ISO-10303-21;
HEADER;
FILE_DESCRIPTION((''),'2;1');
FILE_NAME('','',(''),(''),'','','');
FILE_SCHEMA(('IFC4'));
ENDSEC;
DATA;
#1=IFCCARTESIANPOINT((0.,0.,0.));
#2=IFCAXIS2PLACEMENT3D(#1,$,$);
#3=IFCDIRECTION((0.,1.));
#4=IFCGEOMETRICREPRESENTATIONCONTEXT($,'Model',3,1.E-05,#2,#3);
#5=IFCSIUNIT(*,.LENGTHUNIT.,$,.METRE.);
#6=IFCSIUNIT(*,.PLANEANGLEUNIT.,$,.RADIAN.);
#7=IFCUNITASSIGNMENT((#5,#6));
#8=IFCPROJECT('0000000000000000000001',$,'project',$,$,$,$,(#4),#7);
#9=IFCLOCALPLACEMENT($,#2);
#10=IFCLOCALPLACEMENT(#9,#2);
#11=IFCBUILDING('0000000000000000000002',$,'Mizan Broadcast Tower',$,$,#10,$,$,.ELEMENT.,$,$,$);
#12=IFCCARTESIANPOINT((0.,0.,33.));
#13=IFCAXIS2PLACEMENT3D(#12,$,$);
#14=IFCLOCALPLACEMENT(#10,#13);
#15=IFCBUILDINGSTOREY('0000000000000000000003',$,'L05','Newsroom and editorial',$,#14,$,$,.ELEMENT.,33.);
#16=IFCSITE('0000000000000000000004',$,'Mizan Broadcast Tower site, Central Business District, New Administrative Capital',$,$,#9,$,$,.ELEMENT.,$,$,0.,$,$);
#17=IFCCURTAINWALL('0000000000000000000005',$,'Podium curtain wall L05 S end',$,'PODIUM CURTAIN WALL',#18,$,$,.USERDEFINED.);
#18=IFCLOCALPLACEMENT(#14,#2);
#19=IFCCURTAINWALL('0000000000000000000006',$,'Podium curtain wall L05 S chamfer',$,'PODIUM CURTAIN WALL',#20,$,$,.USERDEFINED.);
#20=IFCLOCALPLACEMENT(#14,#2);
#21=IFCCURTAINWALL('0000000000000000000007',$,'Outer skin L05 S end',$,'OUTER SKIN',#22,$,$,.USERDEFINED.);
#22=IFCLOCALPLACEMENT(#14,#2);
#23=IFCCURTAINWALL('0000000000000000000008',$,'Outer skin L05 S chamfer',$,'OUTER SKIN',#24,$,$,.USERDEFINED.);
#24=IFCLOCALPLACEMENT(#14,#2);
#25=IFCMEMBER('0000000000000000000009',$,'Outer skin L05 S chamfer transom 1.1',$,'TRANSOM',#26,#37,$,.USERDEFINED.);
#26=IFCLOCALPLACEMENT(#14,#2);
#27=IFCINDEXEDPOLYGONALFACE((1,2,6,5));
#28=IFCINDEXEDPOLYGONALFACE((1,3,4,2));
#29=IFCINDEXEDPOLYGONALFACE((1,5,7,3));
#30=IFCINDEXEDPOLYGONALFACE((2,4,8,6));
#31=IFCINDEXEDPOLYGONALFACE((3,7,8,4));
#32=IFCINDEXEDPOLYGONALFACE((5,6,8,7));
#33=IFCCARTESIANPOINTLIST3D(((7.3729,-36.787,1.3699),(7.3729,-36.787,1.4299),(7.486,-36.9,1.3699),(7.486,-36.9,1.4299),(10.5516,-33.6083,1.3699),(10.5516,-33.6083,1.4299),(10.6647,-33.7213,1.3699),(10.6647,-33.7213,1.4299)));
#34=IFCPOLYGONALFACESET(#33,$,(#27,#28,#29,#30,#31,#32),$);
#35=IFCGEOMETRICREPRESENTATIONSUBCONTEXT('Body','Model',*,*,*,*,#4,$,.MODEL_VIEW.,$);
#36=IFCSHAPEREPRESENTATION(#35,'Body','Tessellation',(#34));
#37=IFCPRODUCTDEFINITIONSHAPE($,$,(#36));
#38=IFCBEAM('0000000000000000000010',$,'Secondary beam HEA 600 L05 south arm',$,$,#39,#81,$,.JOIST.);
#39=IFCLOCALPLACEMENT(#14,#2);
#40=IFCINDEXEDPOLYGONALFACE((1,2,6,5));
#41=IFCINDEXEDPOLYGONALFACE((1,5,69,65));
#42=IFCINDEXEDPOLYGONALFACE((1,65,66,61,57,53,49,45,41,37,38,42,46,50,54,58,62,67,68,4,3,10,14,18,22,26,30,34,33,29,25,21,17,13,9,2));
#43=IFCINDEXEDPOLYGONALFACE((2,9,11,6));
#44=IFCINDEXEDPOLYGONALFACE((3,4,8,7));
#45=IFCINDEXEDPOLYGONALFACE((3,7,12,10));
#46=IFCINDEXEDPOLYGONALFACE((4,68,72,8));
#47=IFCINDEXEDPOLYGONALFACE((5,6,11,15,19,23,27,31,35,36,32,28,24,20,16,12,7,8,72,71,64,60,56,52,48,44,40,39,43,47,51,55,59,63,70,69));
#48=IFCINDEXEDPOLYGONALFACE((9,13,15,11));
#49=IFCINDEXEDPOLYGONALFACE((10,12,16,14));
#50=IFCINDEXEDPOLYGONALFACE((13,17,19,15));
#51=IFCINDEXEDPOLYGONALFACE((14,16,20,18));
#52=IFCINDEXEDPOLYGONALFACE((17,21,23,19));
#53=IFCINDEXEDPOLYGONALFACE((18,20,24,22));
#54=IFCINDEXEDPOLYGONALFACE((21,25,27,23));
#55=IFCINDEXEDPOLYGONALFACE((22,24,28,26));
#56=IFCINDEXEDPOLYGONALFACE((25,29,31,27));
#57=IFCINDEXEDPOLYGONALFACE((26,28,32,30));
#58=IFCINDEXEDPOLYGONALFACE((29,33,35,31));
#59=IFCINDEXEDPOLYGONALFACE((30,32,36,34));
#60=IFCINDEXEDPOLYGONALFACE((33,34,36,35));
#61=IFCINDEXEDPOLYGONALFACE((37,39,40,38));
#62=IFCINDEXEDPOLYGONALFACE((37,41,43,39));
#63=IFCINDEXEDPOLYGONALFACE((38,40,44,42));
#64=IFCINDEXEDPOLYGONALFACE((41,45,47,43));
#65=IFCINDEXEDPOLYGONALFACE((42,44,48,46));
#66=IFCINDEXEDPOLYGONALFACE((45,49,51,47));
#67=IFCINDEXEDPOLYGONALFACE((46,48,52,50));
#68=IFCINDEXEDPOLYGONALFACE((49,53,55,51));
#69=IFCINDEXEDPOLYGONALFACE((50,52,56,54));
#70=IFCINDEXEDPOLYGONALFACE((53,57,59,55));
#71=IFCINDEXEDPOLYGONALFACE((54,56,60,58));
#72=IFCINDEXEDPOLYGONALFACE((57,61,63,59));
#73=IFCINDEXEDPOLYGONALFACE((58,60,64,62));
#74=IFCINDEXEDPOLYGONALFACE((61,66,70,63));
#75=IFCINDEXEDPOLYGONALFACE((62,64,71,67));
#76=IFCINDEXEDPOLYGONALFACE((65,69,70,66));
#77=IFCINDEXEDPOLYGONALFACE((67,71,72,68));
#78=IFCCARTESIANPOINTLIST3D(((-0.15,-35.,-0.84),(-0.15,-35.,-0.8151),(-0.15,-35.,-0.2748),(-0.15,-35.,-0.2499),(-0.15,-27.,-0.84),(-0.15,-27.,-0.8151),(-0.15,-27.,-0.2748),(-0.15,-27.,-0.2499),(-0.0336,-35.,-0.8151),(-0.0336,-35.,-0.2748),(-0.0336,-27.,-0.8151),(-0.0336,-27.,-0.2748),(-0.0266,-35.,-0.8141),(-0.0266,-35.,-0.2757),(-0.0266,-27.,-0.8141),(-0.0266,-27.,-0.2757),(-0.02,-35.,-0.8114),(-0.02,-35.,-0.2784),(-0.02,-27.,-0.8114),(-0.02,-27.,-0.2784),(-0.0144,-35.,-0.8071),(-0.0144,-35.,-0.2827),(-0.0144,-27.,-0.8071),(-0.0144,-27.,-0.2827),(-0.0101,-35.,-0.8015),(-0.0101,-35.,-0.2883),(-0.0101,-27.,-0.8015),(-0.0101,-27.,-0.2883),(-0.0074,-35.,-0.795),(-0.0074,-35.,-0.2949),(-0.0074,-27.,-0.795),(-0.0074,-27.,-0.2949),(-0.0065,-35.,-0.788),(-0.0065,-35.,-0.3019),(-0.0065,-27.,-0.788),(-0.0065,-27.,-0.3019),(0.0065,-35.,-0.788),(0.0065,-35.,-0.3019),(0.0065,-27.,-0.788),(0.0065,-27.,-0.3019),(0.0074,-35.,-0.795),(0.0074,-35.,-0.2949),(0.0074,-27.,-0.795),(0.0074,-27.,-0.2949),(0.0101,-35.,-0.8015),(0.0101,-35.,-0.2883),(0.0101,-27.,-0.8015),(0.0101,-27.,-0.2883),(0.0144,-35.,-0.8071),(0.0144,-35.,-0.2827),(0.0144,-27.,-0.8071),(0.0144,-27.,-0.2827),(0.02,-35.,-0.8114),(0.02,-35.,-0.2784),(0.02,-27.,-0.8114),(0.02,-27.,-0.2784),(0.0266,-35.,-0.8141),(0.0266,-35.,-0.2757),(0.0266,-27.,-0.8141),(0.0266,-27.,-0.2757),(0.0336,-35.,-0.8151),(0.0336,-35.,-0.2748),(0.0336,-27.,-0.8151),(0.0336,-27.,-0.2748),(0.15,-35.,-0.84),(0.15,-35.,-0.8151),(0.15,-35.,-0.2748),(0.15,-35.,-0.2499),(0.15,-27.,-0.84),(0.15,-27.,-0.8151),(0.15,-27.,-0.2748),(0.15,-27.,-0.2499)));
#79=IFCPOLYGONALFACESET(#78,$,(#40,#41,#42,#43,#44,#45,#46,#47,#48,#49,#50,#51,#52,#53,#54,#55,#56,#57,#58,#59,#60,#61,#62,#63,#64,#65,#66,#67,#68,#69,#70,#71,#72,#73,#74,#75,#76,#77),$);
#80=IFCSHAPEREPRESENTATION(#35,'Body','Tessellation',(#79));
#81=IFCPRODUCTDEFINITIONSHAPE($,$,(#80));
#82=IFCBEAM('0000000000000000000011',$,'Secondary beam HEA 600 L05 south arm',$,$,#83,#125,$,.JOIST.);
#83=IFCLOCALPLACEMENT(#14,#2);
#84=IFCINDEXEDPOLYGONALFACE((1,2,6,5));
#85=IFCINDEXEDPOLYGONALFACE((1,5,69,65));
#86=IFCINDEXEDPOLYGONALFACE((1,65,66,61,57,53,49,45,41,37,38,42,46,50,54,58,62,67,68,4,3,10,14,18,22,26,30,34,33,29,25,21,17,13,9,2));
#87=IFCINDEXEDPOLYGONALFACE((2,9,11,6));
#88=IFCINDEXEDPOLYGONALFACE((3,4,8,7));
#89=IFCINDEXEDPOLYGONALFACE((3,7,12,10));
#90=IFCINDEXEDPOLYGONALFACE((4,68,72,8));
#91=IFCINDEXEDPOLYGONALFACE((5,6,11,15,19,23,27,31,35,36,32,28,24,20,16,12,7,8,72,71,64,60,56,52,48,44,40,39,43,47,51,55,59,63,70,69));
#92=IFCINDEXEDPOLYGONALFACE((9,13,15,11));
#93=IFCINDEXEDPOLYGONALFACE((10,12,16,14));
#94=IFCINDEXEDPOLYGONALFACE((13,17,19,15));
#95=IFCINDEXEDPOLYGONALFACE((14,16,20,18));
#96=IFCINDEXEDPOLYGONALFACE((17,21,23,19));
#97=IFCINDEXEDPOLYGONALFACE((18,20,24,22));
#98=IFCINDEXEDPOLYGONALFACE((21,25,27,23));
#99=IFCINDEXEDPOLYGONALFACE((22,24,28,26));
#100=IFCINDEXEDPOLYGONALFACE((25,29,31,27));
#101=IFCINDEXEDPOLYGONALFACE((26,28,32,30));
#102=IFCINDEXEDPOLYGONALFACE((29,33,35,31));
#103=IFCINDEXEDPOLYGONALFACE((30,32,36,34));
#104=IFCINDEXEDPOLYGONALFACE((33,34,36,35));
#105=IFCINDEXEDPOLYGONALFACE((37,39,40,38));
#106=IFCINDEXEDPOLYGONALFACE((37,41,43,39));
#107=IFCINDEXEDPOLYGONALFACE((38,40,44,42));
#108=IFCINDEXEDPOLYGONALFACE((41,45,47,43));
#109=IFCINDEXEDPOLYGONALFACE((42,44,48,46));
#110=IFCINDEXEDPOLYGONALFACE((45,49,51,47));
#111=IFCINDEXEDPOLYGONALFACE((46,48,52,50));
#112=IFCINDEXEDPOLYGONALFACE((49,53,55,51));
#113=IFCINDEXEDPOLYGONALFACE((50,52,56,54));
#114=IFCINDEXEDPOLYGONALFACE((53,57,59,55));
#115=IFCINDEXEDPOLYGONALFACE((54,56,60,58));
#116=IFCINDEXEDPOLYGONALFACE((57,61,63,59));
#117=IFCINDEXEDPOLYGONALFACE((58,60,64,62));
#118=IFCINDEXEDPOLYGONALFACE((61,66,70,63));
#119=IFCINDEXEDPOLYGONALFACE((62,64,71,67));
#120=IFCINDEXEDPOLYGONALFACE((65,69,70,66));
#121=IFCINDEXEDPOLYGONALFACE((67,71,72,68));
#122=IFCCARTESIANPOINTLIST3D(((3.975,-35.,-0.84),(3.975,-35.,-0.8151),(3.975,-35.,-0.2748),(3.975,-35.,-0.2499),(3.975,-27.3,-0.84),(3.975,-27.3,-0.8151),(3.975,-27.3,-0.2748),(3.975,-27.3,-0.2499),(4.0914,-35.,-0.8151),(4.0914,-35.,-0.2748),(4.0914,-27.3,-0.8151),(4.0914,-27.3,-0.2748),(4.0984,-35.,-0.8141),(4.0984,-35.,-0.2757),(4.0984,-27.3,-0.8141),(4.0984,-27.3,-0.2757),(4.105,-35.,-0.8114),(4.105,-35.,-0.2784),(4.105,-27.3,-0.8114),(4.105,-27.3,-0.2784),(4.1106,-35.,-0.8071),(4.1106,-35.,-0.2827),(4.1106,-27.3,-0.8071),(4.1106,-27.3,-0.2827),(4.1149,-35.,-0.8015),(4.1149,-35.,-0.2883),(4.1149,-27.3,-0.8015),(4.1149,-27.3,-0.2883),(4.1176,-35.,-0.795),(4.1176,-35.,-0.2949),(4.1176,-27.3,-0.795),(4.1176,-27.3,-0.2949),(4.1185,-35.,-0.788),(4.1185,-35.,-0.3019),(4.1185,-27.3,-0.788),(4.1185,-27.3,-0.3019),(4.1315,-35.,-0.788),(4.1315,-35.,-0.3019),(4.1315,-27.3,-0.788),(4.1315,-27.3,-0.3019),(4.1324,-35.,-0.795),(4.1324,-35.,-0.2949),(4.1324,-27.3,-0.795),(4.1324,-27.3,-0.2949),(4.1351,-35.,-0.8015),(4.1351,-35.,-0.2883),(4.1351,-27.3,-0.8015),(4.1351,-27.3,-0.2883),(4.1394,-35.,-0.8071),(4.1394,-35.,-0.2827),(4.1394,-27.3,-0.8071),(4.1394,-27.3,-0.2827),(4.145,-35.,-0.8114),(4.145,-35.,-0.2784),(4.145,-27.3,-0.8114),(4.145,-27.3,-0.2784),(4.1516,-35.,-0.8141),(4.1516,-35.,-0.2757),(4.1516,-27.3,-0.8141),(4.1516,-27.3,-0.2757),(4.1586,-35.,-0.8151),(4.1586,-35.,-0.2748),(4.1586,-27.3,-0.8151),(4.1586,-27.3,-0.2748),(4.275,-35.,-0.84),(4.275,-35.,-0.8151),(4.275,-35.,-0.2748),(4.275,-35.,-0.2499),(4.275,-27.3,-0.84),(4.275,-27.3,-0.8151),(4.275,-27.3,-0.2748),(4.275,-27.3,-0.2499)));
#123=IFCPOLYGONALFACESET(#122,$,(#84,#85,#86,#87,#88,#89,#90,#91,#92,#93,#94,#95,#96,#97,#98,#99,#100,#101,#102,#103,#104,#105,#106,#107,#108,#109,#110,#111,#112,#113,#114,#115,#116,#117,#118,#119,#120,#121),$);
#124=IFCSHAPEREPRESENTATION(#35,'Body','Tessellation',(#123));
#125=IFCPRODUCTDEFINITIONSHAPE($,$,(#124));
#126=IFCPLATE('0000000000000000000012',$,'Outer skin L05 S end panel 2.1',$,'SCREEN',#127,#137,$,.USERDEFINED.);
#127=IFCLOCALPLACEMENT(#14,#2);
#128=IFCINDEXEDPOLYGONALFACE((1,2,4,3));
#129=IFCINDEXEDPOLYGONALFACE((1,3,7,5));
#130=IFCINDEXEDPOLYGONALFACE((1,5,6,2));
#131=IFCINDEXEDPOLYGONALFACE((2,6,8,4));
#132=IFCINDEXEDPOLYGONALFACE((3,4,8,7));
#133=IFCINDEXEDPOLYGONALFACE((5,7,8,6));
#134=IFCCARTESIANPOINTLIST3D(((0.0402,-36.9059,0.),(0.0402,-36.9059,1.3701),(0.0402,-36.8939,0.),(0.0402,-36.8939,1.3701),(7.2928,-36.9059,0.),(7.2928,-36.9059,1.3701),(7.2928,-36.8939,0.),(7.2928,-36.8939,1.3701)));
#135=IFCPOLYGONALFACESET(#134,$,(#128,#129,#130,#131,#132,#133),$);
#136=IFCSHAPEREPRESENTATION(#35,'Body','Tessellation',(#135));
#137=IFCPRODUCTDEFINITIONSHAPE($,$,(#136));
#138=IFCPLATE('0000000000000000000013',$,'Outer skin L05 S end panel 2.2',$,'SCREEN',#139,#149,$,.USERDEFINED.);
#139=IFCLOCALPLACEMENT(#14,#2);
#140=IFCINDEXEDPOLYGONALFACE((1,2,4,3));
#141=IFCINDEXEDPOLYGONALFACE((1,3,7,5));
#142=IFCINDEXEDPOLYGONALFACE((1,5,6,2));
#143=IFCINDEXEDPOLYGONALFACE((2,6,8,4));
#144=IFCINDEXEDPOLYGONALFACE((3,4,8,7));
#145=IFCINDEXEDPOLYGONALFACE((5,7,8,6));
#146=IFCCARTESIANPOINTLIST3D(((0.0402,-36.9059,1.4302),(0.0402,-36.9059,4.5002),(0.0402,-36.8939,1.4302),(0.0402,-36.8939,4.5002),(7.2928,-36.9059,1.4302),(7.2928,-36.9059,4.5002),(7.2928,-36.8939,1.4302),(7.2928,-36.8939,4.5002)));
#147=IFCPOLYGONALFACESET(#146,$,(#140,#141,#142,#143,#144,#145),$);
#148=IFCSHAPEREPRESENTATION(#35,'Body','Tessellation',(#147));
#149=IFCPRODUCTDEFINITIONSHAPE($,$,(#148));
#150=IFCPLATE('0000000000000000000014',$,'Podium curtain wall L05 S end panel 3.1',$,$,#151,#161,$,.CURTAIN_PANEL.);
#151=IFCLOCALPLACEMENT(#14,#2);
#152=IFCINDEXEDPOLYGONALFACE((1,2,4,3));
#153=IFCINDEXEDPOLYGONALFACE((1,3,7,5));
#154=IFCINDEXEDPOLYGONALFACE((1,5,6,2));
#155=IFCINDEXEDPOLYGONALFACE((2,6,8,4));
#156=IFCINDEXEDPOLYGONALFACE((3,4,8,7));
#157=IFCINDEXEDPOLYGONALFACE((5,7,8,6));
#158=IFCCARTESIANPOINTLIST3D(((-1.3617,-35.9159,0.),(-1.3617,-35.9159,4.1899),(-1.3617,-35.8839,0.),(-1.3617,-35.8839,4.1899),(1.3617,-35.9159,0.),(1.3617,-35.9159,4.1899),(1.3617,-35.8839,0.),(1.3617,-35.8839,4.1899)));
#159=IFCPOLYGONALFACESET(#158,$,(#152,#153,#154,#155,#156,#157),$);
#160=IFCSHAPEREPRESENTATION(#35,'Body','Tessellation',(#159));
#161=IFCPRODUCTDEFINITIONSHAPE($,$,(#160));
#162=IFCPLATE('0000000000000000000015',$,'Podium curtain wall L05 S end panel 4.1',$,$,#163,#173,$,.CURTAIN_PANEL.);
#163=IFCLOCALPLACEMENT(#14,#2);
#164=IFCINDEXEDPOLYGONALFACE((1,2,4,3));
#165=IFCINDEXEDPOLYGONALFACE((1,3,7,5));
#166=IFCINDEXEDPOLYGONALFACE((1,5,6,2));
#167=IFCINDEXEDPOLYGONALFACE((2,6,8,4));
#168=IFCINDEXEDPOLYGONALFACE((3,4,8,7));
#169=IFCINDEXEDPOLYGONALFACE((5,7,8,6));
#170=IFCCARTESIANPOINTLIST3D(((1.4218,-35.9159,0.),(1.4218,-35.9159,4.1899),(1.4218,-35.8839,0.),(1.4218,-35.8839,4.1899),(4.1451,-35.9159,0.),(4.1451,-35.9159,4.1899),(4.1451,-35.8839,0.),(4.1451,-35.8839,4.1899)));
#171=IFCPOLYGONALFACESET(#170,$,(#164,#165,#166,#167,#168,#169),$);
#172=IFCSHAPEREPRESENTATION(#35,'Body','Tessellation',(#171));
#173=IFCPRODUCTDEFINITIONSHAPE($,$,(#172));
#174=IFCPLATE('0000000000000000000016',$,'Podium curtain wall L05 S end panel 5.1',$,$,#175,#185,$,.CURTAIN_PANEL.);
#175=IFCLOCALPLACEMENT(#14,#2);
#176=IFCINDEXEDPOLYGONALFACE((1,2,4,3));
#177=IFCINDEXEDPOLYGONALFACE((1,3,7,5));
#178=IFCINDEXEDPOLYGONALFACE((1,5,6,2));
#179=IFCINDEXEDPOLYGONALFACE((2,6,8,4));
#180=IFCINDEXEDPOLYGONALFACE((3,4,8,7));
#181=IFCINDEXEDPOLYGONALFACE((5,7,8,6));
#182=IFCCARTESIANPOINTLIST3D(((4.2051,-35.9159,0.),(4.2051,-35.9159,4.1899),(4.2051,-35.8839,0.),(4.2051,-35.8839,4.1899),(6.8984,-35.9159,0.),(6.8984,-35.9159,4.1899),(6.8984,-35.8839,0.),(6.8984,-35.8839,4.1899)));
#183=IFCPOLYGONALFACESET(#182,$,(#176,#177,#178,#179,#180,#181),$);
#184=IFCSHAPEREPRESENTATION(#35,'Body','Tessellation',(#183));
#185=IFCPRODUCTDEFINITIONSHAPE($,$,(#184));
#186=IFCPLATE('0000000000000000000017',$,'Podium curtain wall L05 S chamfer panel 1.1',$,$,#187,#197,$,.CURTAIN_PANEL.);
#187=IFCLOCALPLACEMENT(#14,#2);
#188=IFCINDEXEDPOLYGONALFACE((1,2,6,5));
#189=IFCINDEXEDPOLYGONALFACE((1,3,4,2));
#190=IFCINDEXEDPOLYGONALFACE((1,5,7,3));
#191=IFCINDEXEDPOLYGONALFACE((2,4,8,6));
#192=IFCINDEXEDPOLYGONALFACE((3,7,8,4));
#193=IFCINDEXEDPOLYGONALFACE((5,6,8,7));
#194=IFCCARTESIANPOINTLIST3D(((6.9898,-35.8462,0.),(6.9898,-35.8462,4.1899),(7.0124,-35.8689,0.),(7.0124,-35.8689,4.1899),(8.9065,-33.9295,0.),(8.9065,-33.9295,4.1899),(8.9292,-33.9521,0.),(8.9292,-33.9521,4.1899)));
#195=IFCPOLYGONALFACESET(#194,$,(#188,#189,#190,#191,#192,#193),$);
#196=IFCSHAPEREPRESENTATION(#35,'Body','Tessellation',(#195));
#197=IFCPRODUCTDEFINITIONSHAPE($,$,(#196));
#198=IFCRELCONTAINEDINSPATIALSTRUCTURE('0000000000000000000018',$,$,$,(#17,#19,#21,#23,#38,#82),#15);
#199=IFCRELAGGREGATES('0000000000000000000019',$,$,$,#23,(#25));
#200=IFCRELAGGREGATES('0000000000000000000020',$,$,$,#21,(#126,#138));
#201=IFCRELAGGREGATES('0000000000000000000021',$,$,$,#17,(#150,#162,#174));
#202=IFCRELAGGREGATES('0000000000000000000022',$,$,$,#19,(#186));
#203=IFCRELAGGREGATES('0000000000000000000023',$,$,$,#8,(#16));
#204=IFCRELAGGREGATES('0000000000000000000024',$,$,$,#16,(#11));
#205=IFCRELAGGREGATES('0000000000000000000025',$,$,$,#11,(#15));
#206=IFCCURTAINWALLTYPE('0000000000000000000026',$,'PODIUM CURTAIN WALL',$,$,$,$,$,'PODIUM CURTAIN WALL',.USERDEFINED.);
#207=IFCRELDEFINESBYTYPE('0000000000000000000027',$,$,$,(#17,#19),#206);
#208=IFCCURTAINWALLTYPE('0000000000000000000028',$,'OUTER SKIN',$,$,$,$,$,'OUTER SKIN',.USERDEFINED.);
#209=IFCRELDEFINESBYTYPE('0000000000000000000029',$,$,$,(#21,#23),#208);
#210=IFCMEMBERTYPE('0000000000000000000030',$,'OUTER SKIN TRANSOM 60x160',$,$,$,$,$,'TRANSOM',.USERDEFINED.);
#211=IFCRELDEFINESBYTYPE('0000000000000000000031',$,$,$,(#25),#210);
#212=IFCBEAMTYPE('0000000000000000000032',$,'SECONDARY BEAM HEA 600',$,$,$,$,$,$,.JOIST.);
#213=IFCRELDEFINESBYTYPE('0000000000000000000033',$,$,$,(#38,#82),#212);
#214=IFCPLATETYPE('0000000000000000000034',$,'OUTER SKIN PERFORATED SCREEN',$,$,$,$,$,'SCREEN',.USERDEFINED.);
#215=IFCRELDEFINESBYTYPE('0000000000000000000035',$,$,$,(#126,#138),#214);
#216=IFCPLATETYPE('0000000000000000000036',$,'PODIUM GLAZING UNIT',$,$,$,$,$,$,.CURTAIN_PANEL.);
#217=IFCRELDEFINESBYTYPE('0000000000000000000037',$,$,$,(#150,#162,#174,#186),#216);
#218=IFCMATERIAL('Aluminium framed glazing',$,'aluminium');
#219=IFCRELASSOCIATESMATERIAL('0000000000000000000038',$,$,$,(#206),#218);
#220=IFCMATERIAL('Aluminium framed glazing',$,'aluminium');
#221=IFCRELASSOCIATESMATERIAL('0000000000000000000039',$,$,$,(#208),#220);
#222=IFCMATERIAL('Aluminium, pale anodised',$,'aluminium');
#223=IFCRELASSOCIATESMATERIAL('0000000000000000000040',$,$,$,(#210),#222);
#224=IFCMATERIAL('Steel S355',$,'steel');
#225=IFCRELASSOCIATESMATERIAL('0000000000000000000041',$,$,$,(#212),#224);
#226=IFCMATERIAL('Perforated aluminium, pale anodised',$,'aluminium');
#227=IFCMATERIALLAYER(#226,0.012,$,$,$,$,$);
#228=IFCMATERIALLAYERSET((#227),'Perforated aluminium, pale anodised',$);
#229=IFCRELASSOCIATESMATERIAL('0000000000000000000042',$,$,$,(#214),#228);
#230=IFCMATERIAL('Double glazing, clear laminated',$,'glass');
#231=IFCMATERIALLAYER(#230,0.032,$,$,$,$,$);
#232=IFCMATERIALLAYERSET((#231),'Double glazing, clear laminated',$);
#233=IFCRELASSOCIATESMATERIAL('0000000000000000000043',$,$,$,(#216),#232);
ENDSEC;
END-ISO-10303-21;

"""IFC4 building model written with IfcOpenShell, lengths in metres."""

from ifc_helpers import new_model, si_unit, direction, frame, origin, origin_2d, place, context, subcontext, project, spatial, rectangle, i_section, extrude, material, layer, layer_set, material_profile, profile_set, type_object, element, aggregate, save


model = new_model("IFC4")

# Units and contexts
model_context = context("Model", 3, precision=1e-05, world=origin(), true_north=direction((0.0, 1.0)))
body_context = subcontext(model_context, "Body", "Model", "MODEL_VIEW")
ifc_project = project(units=[si_unit("LENGTHUNIT", "METRE"), si_unit("PLANEANGLEUNIT", "RADIAN")], contexts=[model_context])

# Site, building, storey
site_placement = place(None, origin())
site = spatial("IfcSite", under=ifc_project, at=site_placement, Name="Mizan Broadcast Tower site, Central Business District, New Administrative Capital", CompositionType="ELEMENT", RefElevation=0.0)
building_placement = place(site_placement, origin())
building = spatial("IfcBuilding", under=site, at=building_placement, Name="Mizan Broadcast Tower", CompositionType="ELEMENT")
storey_placement = place(building_placement, frame((0.0, 0.0, 33.0)))
storey = spatial("IfcBuildingStorey", under=building, at=storey_placement, Name="L05", Description="Newsroom and editorial", CompositionType="ELEMENT", Elevation=33.0)

# Curtain wall
ifc_material_1 = material(Name="Aluminium framed glazing", Category="aluminium")
curtain_wall_type_1 = type_object("IfcCurtainWallType", Name="PODIUM CURTAIN WALL", ElementType="PODIUM CURTAIN WALL", PredefinedType="USERDEFINED", material=ifc_material_1)
curtain_wall_1_placement = place(storey_placement, origin())
curtain_wall_1 = element("IfcCurtainWall", 1, at=curtain_wall_1_placement, inside=storey, type_object=curtain_wall_type_1, Name="Podium curtain wall L05 S end", ObjectType="PODIUM CURTAIN WALL", PredefinedType="USERDEFINED")

# Curtain wall
curtain_wall_2_placement = place(storey_placement, origin())
curtain_wall_2 = element("IfcCurtainWall", 2, at=curtain_wall_2_placement, inside=storey, type_object=curtain_wall_type_1, Name="Podium curtain wall L05 S chamfer", ObjectType="PODIUM CURTAIN WALL", PredefinedType="USERDEFINED")

# Curtain wall
ifc_material_2 = material(Name="Aluminium framed glazing", Category="aluminium")
curtain_wall_type_2 = type_object("IfcCurtainWallType", Name="OUTER SKIN", ElementType="OUTER SKIN", PredefinedType="USERDEFINED", material=ifc_material_2)
curtain_wall_3_placement = place(storey_placement, origin())
curtain_wall_3 = element("IfcCurtainWall", 3, at=curtain_wall_3_placement, inside=storey, type_object=curtain_wall_type_2, Name="Outer skin L05 S end", ObjectType="OUTER SKIN", PredefinedType="USERDEFINED")
ifc_material_3 = material(Name="Aluminium, pale anodised", Category="aluminium")
ifc_material_profile_1 = material_profile(ifc_material_3, rectangle(XDim=0.1599, YDim=0.0601, at=origin_2d()), Name="TRANSOM 160x60")
ifc_profile_set_1 = profile_set([ifc_material_profile_1], Name="Aluminium, pale anodised")
member_type_1 = type_object("IfcMemberType", Name="OUTER SKIN TRANSOM 60x160", ElementType="TRANSOM", PredefinedType="USERDEFINED", material=ifc_profile_set_1)

# Curtain wall, member
curtain_wall_4_placement = place(storey_placement, origin())
curtain_wall_4 = element("IfcCurtainWall", 4, at=curtain_wall_4_placement, inside=storey, type_object=curtain_wall_type_2, Name="Outer skin L05 S chamfer", ObjectType="OUTER SKIN", PredefinedType="USERDEFINED")
member_1_placement = place(storey_placement, frame((7.4294, -36.8435, 1.3999), z_axis=(0.707107, 0.707107, 0.0), x_axis=(-0.707107, 0.707107, 0.0)))
member_1 = element("IfcMember", 5, at=member_1_placement, type_object=member_type_1, Name="Outer skin L05 S chamfer transom 1.1", ObjectType="TRANSOM", PredefinedType="USERDEFINED", context=body_context, shape_type="SweptSolid", body=[
    extrude(rectangle(XDim=0.1599, YDim=0.0601, at=origin_2d()), origin(), (0.0, 0.0, 1.0), 4.4954),
])
aggregate(curtain_wall_4, [member_1])

# Beams
ifc_material_4 = material(Name="Steel S355", Category="steel")
ifc_material_profile_2 = material_profile(ifc_material_4, i_section(OverallWidth=0.3, OverallDepth=0.5901, WebThickness=0.0129, FlangeThickness=0.0249, FilletRadius=0.0271, at=origin_2d()), Name="HEA 600")
ifc_profile_set_2 = profile_set([ifc_material_profile_2], Name="Steel S355")
beam_type_1 = type_object("IfcBeamType", Name="SECONDARY BEAM HEA 600", PredefinedType="JOIST", material=ifc_profile_set_2)
beam_1_placement = place(storey_placement, frame((0.0, -27.0, -0.5449), z_axis=(0.0, -1.0, 0.0), x_axis=(1.0, 0.0, 0.0)))
element("IfcBeam", 6, at=beam_1_placement, inside=storey, type_object=beam_type_1, Name="Secondary beam HEA 600 L05 south arm", PredefinedType="JOIST", context=body_context, shape_type="SweptSolid", body=[
    extrude(i_section(OverallWidth=0.3, OverallDepth=0.5901, WebThickness=0.0129, FlangeThickness=0.0249, FilletRadius=0.0271, at=origin_2d()), origin(), (0.0, 0.0, 1.0), 8.0),
])
beam_2_placement = place(storey_placement, frame((4.125, -27.3, -0.5449), z_axis=(0.0, -1.0, 0.0), x_axis=(1.0, 0.0, 0.0)))
element("IfcBeam", 7, at=beam_2_placement, inside=storey, type_object=beam_type_1, Name="Secondary beam HEA 600 L05 south arm", PredefinedType="JOIST", context=body_context, shape_type="SweptSolid", body=[
    extrude(i_section(OverallWidth=0.3, OverallDepth=0.5901, WebThickness=0.0129, FlangeThickness=0.0249, FilletRadius=0.0271, at=origin_2d()), origin(), (0.0, 0.0, 1.0), 7.7),
])

# Plates
ifc_material_5 = material(Name="Perforated aluminium, pale anodised", Category="aluminium")
ifc_layer_1 = layer(ifc_material_5, 0.012)
ifc_layer_set_1 = layer_set([ifc_layer_1], Name="Perforated aluminium, pale anodised")
plate_type_1 = type_object("IfcPlateType", Name="OUTER SKIN PERFORATED SCREEN", ElementType="SCREEN", PredefinedType="USERDEFINED", material=ifc_layer_set_1)
plate_1_placement = place(storey_placement, frame((3.6665, -36.8999, 0.0), z_axis=(0.0, 0.0, 1.0), x_axis=(1.0, 0.0, 0.0)))
plate_1 = element("IfcPlate", 8, at=plate_1_placement, type_object=plate_type_1, Name="Outer skin L05 S end panel 2.1", ObjectType="SCREEN", PredefinedType="USERDEFINED", context=body_context, shape_type="SweptSolid", body=[
    extrude(rectangle(XDim=7.2527, YDim=0.012, at=origin_2d()), origin(), (0.0, 0.0, 1.0), 1.3701),
])
plate_2_placement = place(storey_placement, frame((3.6665, -36.8999, 1.4302), z_axis=(0.0, 0.0, 1.0), x_axis=(1.0, 0.0, 0.0)))
plate_2 = element("IfcPlate", 9, at=plate_2_placement, type_object=plate_type_1, Name="Outer skin L05 S end panel 2.2", ObjectType="SCREEN", PredefinedType="USERDEFINED", context=body_context, shape_type="SweptSolid", body=[
    extrude(rectangle(XDim=7.2527, YDim=0.012, at=origin_2d()), origin(), (0.0, 0.0, 1.0), 3.0701),
])
aggregate(curtain_wall_3, [plate_1, plate_2])
ifc_material_6 = material(Name="Double glazing, clear laminated", Category="glass")
ifc_layer_2 = layer(ifc_material_6, 0.032)
ifc_layer_set_2 = layer_set([ifc_layer_2], Name="Double glazing, clear laminated")
plate_type_2 = type_object("IfcPlateType", Name="PODIUM GLAZING UNIT", PredefinedType="CURTAIN_PANEL", material=ifc_layer_set_2)
plate_3_placement = place(storey_placement, frame((0.0, -35.8999, 0.0), z_axis=(0.0, 0.0, 1.0), x_axis=(1.0, 0.0, 0.0)))
plate_3 = element("IfcPlate", 10, at=plate_3_placement, type_object=plate_type_2, Name="Podium curtain wall L05 S end panel 3.1", PredefinedType="CURTAIN_PANEL", context=body_context, shape_type="SweptSolid", body=[
    extrude(rectangle(XDim=2.7234, YDim=0.032, at=origin_2d()), origin(), (0.0, 0.0, 1.0), 4.1899),
])
plate_4_placement = place(storey_placement, frame((2.7834, -35.8999, 0.0), z_axis=(0.0, 0.0, 1.0), x_axis=(1.0, 0.0, 0.0)))
plate_4 = element("IfcPlate", 11, at=plate_4_placement, type_object=plate_type_2, Name="Podium curtain wall L05 S end panel 4.1", PredefinedType="CURTAIN_PANEL", context=body_context, shape_type="SweptSolid", body=[
    extrude(rectangle(XDim=2.7234, YDim=0.032, at=origin_2d()), origin(), (0.0, 0.0, 1.0), 4.1899),
])
plate_5_placement = place(storey_placement, frame((5.5518, -35.8999, 0.0), z_axis=(0.0, 0.0, 1.0), x_axis=(1.0, 0.0, 0.0)))
plate_5 = element("IfcPlate", 12, at=plate_5_placement, type_object=plate_type_2, Name="Podium curtain wall L05 S end panel 5.1", PredefinedType="CURTAIN_PANEL", context=body_context, shape_type="SweptSolid", body=[
    extrude(rectangle(XDim=2.6934, YDim=0.032, at=origin_2d()), origin(), (0.0, 0.0, 1.0), 4.1899),
])
aggregate(curtain_wall_1, [plate_3, plate_4, plate_5])
plate_6_placement = place(storey_placement, frame((7.9595, -34.8992, 0.0), z_axis=(0.0, 0.0, 1.0), x_axis=(0.707107, 0.707107, 0.0)))
plate_6 = element("IfcPlate", 13, at=plate_6_placement, type_object=plate_type_2, Name="Podium curtain wall L05 S chamfer panel 1.1", PredefinedType="CURTAIN_PANEL", context=body_context, shape_type="SweptSolid", body=[
    extrude(rectangle(XDim=2.7107, YDim=0.032, at=origin_2d()), origin(), (0.0, 0.0, 1.0), 4.1899),
])
aggregate(curtain_wall_2, [plate_6])

save(model, "model.ifc")
